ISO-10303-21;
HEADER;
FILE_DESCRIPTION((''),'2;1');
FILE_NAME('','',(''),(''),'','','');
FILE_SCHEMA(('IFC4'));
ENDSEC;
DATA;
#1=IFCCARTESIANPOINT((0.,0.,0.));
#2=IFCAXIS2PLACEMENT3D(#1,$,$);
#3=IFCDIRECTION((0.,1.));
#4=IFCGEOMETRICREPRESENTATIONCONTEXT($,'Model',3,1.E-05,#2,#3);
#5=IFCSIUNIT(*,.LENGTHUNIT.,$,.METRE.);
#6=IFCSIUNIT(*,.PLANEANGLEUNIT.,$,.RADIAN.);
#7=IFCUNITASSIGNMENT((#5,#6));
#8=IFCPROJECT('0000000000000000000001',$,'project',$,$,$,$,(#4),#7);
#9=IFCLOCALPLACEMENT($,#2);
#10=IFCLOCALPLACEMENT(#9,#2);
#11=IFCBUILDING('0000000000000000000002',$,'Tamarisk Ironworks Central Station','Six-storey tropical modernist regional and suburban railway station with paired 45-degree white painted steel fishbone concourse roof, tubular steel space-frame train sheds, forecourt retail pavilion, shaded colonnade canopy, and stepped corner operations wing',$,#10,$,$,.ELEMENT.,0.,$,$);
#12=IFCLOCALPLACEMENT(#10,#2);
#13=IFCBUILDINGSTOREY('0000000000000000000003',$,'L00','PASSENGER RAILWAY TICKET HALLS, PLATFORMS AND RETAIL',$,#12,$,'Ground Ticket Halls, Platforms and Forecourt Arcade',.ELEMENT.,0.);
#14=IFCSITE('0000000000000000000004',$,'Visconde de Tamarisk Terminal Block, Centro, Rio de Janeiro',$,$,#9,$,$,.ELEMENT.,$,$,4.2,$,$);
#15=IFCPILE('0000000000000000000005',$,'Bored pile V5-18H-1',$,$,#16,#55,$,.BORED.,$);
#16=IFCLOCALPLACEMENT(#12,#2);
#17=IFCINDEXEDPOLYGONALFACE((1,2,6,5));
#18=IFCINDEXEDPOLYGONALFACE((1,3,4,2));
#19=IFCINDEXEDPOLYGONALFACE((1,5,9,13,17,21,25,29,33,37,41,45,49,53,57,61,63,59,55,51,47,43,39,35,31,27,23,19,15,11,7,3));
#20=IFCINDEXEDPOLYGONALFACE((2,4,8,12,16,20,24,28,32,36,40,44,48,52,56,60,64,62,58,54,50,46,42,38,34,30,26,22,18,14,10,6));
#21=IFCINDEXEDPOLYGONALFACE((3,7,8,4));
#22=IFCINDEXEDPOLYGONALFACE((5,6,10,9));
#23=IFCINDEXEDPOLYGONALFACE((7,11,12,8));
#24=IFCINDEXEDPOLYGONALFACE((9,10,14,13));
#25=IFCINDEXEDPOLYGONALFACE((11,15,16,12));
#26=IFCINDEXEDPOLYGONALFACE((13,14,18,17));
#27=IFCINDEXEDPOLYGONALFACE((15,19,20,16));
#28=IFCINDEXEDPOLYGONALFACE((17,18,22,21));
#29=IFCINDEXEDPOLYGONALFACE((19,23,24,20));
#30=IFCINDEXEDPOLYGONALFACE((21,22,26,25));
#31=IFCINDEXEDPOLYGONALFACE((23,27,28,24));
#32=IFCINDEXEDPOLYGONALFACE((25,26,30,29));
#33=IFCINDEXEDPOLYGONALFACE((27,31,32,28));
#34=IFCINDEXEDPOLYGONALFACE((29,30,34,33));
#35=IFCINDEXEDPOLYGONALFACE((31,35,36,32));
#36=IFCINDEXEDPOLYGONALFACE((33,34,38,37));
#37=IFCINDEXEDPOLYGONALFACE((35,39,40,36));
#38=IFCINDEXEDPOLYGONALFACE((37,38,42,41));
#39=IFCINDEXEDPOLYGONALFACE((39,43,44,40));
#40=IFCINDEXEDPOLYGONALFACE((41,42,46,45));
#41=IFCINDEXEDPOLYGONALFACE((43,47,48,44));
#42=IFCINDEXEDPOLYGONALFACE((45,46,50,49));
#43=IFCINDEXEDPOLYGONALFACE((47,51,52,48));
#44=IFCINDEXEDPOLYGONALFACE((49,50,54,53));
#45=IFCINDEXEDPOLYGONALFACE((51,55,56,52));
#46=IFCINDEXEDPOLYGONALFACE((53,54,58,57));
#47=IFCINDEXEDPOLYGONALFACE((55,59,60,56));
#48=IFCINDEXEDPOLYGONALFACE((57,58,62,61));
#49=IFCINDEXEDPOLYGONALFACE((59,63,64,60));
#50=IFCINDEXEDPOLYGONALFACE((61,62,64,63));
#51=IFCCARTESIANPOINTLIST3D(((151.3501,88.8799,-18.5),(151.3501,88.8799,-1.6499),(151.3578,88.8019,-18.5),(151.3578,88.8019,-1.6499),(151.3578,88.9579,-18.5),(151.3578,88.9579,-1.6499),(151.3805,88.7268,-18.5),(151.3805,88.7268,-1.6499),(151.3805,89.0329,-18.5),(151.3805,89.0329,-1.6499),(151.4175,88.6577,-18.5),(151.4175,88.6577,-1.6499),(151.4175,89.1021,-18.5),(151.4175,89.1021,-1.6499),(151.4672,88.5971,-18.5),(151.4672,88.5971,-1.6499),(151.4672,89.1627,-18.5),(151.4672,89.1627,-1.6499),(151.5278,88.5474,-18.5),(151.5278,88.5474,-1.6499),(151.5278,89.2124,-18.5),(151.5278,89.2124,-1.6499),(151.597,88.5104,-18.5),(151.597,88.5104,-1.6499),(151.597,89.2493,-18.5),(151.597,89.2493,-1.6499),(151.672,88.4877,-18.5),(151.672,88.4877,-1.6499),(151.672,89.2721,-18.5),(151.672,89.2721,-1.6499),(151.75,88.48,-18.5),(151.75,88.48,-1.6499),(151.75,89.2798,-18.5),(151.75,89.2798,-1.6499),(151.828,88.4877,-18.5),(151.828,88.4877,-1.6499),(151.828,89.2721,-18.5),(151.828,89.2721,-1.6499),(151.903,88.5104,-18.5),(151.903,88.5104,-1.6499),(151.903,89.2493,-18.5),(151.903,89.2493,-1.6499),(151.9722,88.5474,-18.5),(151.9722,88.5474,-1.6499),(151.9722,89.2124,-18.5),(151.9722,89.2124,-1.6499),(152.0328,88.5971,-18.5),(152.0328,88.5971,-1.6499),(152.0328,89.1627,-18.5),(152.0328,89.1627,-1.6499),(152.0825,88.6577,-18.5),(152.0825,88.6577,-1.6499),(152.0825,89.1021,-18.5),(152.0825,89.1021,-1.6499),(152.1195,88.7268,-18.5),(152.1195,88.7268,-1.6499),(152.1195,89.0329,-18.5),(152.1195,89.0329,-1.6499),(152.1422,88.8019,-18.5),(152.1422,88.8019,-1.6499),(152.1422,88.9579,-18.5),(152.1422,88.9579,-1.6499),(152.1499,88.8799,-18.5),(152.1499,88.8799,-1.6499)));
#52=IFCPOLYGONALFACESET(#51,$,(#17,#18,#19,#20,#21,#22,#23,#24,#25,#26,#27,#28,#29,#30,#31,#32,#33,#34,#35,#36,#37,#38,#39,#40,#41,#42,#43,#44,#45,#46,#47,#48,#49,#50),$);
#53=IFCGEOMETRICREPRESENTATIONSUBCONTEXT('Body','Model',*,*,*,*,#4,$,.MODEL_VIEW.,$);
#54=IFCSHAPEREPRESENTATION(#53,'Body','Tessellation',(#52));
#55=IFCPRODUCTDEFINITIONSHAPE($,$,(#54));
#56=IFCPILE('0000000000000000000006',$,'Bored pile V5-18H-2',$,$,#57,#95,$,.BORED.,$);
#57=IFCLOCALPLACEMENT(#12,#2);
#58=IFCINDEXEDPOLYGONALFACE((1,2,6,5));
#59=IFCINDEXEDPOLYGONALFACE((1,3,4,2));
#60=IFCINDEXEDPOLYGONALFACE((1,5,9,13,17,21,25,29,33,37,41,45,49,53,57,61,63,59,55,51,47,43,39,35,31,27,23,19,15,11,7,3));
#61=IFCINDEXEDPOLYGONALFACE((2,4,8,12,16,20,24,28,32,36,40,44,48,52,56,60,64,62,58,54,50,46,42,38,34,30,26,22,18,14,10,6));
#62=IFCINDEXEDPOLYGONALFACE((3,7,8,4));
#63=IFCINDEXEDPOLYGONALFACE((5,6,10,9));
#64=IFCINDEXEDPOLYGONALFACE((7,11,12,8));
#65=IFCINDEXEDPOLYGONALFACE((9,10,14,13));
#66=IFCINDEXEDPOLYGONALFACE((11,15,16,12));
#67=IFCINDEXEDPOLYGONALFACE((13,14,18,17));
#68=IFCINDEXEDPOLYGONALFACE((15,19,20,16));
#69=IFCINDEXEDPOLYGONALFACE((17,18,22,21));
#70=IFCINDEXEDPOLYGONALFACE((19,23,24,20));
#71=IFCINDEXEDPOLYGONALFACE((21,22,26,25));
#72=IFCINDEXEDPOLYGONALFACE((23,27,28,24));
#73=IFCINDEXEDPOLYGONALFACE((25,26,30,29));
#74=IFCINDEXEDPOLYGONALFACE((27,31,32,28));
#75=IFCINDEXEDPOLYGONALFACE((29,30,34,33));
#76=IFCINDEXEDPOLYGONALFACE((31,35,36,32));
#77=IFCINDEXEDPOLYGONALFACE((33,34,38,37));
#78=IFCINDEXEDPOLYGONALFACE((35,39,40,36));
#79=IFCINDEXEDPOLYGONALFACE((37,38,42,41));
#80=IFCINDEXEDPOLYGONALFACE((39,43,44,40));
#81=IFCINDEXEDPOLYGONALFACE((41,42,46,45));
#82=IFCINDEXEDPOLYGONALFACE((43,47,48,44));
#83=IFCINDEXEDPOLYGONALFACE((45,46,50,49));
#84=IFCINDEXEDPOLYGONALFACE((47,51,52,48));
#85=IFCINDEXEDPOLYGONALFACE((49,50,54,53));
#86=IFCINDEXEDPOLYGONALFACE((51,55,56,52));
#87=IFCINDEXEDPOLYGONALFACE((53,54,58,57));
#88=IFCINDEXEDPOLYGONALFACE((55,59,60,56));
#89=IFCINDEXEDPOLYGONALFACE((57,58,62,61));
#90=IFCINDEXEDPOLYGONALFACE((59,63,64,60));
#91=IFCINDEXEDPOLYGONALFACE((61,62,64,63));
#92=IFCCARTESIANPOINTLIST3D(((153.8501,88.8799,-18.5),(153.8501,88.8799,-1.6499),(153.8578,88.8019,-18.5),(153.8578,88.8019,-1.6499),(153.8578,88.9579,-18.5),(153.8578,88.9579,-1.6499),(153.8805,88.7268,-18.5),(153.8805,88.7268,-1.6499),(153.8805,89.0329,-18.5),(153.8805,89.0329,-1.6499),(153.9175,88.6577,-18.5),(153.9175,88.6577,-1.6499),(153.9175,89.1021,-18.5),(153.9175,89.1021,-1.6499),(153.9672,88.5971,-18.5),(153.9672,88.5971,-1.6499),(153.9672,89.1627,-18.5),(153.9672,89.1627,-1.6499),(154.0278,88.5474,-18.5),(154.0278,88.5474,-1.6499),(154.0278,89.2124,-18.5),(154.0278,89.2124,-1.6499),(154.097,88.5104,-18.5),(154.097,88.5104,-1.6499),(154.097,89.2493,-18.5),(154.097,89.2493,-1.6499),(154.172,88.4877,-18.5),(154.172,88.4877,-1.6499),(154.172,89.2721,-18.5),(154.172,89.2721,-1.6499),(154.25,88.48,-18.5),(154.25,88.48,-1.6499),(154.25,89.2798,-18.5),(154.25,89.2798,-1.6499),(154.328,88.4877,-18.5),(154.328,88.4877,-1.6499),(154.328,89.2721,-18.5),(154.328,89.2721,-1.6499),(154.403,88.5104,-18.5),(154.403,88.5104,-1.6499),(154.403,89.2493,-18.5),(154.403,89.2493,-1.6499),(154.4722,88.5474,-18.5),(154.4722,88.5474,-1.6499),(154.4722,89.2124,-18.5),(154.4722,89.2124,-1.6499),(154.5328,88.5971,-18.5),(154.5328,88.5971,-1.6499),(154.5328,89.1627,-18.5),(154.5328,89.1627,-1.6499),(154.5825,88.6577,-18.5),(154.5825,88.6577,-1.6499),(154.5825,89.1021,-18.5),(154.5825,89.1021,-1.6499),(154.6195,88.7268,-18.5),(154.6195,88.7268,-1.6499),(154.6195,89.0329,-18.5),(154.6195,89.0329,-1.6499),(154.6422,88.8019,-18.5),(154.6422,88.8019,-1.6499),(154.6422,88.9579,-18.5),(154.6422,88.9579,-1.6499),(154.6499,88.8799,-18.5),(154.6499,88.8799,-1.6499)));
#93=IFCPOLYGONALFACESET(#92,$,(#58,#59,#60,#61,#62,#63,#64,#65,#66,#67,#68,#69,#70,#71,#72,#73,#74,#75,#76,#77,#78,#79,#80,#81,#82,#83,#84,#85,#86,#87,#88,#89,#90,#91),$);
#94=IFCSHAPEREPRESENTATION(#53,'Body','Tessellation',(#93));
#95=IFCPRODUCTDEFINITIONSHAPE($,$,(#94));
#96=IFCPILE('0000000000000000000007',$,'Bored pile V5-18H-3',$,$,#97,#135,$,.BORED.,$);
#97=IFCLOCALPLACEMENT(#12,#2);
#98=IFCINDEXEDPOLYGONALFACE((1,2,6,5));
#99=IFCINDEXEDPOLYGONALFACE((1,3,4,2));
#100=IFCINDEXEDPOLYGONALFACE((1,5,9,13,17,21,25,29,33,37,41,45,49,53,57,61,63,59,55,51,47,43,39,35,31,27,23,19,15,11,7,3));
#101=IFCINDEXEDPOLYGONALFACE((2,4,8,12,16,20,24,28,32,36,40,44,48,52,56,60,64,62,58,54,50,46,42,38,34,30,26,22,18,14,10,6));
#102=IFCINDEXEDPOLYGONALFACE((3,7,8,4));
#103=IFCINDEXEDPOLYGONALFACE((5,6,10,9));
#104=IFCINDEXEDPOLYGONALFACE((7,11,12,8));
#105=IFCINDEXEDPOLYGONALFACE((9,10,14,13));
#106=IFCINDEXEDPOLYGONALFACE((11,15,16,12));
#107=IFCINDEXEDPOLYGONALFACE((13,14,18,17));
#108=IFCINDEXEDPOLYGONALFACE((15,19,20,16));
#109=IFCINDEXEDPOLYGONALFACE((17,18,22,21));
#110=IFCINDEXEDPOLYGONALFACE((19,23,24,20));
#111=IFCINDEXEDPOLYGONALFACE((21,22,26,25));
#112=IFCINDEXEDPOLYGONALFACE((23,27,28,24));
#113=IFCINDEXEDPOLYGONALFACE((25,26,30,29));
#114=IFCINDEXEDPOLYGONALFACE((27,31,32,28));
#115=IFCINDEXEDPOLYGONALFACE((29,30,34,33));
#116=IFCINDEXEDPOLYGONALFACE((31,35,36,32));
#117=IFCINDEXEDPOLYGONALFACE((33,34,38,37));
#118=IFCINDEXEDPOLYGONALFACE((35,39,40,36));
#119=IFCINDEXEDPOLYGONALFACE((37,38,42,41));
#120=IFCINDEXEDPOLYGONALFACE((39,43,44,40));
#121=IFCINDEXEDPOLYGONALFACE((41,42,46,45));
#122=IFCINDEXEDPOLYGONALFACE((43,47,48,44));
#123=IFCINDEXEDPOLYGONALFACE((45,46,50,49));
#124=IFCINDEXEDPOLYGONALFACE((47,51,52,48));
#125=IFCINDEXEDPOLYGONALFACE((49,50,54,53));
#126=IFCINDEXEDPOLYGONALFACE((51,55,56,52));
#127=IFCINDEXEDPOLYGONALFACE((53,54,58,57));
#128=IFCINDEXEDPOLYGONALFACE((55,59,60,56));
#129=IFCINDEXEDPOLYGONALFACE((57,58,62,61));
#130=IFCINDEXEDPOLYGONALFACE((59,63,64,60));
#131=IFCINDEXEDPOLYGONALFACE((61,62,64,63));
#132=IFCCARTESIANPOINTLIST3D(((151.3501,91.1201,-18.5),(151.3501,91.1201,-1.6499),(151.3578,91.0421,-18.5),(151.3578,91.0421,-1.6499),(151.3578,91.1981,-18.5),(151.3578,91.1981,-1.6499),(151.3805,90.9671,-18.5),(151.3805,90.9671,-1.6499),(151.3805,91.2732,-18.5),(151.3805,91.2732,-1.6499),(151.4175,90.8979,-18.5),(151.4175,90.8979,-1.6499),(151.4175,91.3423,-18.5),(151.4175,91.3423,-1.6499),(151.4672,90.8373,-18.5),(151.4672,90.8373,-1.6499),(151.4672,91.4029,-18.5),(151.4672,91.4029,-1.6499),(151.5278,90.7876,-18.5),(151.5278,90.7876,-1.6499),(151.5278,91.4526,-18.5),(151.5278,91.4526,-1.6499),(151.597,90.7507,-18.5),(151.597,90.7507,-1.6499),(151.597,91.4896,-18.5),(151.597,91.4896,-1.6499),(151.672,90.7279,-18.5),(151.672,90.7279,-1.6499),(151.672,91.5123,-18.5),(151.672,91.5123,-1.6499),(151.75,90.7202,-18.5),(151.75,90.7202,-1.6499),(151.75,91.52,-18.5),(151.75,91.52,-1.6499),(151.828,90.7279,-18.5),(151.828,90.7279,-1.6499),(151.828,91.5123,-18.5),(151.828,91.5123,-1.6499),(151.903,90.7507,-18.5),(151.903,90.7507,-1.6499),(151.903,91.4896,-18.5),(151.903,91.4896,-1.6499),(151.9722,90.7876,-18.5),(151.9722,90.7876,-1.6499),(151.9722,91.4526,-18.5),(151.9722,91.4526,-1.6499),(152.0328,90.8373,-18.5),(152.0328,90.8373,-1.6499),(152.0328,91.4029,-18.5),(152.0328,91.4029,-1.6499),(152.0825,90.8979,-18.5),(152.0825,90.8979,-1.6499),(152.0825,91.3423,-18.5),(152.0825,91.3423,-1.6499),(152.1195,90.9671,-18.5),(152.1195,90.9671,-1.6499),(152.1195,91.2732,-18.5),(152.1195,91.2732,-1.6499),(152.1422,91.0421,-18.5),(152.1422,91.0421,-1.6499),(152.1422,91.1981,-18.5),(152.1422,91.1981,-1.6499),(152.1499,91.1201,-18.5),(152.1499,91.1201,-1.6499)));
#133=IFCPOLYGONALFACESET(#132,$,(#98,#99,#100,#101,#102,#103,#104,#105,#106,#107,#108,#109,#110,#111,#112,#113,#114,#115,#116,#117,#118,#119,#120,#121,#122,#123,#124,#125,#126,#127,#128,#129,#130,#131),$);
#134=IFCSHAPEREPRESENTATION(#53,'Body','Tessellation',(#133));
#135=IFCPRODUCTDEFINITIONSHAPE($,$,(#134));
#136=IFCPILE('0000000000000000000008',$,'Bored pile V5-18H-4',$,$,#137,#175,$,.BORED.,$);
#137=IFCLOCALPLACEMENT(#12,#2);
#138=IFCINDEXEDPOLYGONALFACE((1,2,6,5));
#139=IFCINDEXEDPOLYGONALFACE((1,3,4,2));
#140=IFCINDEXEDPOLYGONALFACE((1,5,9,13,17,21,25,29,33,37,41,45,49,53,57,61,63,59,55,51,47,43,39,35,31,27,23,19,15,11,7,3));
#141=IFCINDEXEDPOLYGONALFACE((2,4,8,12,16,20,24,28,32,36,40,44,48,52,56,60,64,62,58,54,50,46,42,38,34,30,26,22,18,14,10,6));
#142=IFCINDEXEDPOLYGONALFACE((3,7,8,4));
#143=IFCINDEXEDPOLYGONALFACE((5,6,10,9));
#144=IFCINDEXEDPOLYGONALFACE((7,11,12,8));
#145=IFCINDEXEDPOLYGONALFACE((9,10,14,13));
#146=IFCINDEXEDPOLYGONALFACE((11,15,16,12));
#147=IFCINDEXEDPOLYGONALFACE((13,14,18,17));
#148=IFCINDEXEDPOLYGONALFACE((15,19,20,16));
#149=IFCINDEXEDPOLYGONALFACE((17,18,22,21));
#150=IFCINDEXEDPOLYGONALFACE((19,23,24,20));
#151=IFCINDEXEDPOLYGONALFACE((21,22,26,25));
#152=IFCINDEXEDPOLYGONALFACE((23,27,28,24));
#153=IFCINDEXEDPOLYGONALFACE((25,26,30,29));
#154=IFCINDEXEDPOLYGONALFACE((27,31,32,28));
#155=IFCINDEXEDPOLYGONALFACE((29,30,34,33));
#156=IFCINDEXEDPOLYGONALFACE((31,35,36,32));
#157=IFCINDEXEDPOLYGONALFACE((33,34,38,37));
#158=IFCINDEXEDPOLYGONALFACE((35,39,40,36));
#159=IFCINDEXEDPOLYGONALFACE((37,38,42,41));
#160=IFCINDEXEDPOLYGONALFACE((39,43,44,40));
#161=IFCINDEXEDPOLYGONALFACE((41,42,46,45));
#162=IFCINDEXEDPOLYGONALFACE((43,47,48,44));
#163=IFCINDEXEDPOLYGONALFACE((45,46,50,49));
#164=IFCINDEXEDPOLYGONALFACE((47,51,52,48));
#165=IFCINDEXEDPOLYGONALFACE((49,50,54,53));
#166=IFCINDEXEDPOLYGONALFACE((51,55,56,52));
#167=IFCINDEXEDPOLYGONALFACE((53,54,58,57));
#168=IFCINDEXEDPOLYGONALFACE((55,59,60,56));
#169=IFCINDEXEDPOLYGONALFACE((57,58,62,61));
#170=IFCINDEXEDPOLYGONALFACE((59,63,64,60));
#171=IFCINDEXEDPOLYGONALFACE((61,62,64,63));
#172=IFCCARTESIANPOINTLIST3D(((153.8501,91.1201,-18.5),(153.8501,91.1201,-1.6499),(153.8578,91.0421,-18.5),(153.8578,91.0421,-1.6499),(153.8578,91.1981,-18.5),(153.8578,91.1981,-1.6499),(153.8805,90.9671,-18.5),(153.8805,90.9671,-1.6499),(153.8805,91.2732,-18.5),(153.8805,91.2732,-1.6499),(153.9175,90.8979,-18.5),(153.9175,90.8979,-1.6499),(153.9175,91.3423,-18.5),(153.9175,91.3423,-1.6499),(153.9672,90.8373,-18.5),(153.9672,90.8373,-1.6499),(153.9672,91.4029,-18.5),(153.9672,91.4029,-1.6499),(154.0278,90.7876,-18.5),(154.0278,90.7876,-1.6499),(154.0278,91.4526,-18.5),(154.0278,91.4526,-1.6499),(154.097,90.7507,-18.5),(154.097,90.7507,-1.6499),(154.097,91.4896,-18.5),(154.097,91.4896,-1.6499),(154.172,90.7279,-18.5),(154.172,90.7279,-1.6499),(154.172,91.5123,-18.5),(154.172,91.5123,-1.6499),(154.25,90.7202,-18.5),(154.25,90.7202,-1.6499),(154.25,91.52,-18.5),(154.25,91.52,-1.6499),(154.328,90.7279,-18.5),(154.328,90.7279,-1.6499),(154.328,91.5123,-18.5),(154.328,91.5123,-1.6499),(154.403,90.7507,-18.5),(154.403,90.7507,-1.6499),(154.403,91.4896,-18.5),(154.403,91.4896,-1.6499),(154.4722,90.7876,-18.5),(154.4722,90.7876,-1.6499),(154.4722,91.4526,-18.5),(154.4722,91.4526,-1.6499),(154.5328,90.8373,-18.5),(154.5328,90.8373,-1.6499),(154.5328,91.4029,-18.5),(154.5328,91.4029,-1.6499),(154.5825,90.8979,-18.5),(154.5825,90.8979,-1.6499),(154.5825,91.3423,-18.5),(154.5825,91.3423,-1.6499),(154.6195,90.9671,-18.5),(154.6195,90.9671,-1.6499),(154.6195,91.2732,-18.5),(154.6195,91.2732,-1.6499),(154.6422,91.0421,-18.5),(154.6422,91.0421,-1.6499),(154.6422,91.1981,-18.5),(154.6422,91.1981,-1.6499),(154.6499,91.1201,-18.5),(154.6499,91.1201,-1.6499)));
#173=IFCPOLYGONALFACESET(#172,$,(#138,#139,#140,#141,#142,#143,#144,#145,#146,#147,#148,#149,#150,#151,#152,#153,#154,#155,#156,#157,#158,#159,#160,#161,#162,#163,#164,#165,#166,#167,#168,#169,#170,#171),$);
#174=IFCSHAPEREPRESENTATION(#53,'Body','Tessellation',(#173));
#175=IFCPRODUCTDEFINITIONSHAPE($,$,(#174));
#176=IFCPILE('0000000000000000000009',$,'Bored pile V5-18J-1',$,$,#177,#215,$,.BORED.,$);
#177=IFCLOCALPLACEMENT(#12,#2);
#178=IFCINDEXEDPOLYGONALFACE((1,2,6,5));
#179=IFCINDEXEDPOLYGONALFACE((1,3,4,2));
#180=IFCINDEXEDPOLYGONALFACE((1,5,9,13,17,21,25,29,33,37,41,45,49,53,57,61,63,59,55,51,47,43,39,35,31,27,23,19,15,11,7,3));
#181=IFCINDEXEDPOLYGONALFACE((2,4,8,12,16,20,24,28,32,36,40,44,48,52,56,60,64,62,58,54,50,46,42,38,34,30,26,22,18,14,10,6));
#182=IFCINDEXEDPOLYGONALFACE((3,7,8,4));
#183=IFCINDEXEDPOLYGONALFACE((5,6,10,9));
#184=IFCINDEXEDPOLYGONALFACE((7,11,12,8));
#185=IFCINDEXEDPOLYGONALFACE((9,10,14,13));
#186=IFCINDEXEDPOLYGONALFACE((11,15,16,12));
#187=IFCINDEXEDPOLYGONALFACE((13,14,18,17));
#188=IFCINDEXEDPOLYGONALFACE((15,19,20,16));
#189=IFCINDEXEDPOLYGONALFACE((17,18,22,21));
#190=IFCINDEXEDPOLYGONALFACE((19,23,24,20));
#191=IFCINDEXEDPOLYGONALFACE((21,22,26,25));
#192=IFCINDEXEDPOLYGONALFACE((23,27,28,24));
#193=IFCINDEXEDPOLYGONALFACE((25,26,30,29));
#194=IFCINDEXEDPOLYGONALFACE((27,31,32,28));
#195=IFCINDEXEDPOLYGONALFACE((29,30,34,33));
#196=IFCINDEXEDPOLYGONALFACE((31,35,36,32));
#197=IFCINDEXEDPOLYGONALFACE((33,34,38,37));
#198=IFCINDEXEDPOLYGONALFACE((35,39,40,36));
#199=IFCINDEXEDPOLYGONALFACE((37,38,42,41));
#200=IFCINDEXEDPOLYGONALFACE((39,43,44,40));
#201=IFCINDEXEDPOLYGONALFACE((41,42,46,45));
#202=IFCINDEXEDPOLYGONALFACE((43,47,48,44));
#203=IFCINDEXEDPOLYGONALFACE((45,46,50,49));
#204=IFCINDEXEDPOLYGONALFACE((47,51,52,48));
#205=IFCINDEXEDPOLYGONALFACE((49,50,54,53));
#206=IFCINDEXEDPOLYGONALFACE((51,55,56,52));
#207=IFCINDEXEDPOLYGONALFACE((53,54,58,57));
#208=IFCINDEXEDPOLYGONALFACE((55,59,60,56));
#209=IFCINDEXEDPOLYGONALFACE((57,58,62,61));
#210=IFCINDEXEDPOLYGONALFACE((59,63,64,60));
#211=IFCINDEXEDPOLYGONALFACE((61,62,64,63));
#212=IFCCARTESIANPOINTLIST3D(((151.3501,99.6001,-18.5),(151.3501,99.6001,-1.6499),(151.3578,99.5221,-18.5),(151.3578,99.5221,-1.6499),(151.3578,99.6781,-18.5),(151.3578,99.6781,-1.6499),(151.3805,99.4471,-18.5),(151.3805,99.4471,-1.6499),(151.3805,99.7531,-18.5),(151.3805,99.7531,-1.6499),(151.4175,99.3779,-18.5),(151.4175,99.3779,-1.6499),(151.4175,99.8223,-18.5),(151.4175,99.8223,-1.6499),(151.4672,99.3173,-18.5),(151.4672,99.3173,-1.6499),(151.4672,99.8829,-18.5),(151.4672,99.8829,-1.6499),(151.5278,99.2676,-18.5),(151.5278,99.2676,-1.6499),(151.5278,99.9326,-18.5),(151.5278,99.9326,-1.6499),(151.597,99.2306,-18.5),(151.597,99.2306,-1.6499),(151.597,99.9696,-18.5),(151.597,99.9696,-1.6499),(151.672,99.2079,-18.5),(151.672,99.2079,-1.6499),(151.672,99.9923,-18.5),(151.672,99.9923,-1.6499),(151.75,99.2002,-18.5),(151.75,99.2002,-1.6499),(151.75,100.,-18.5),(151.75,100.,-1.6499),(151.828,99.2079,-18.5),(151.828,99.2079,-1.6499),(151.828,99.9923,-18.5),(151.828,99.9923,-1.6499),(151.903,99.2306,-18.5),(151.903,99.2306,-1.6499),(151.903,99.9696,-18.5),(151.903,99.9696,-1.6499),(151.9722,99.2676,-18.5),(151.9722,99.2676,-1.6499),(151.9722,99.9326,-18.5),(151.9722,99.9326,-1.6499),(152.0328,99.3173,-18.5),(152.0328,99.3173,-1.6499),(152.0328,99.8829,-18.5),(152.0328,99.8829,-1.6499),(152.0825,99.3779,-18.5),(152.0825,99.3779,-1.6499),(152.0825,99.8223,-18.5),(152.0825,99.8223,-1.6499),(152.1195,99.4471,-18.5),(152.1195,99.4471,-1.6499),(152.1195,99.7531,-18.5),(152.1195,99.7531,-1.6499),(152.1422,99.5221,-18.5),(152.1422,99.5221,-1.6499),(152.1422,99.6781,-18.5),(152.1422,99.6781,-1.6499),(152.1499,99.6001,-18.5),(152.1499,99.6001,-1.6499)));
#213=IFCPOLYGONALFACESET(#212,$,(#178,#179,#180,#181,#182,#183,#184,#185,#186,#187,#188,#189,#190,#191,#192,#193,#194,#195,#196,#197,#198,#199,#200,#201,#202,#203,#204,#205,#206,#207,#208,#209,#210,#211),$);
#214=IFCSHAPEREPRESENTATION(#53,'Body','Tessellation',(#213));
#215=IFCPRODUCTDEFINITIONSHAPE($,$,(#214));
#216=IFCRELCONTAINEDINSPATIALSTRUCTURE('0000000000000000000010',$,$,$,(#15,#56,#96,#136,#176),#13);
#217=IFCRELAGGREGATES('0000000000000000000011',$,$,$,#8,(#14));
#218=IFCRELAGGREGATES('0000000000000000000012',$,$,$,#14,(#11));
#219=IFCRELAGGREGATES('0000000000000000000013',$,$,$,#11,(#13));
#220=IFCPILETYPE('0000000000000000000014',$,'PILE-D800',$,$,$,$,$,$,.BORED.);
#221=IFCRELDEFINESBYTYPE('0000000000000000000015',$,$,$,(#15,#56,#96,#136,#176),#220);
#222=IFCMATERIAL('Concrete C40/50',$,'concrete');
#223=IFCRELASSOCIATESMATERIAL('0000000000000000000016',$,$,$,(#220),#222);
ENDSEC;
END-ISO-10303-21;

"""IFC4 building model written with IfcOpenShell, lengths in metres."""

from ifc_helpers import new_model, si_unit, direction, frame, origin, origin_2d, place, context, subcontext, project, spatial, circle, extrude, material, material_profile, profile_set, type_object, element, save


model = new_model("IFC4")

# Units and contexts
model_context = context("Model", 3, precision=1e-05, world=origin(), true_north=direction((0.0, 1.0)))
body_context = subcontext(model_context, "Body", "Model", "MODEL_VIEW")
ifc_project = project(units=[si_unit("LENGTHUNIT", "METRE"), si_unit("PLANEANGLEUNIT", "RADIAN")], contexts=[model_context])

# Site, building, storey
site_placement = place(None, origin())
site = spatial("IfcSite", under=ifc_project, at=site_placement, Name="Visconde de Tamarisk Terminal Block, Centro, Rio de Janeiro", CompositionType="ELEMENT", RefElevation=4.2)
building_placement = place(site_placement, origin())
building = spatial("IfcBuilding", under=site, at=building_placement, Name="Tamarisk Ironworks Central Station", Description="Six-storey tropical modernist regional and suburban railway station with paired 45-degree white painted steel fishbone concourse roof, tubular steel space-frame train sheds, forecourt retail pavilion, shaded colonnade canopy, and stepped corner operations wing", CompositionType="ELEMENT", ElevationOfRefHeight=0.0)
storey_placement = place(building_placement, origin())
storey = spatial("IfcBuildingStorey", under=building, at=storey_placement, Name="L00", Description="PASSENGER RAILWAY TICKET HALLS, PLATFORMS AND RETAIL", LongName="Ground Ticket Halls, Platforms and Forecourt Arcade", CompositionType="ELEMENT", Elevation=0.0)

# Shared definitions
ifc_material_1 = material(Name="Concrete C40/50", Category="concrete")

# Piles
ifc_material_profile_1 = material_profile(ifc_material_1, circle(Radius=0.3999, at=origin_2d()), Name="BORED PILE D800")
ifc_profile_set_1 = profile_set([ifc_material_profile_1], Name="Concrete C40/50")
pile_type = type_object("IfcPileType", Name="PILE-D800", PredefinedType="BORED", material=ifc_profile_set_1)
for number, where, z_axis, x_axis, name in (
    (1, (151.75, 88.8799, -1.6499), (0.0, 0.0, -1.0), (1.0, 0.0, 0.0), "Bored pile V5-18H-1"),
    (2, (154.25, 88.8799, -1.6499), (0.0, 0.0, -1.0), (1.0, 0.0, 0.0), "Bored pile V5-18H-2"),
    (3, (151.75, 91.1201, -1.6499), (0.0, 0.0, -1.0), (1.0, 0.0, 0.0), "Bored pile V5-18H-3"),
    (4, (154.25, 91.1201, -1.6499), (0.0, 0.0, -1.0), (1.0, 0.0, 0.0), "Bored pile V5-18H-4"),
    (5, (151.75, 99.6001, -1.6499), (0.0, 0.0, -1.0), (1.0, 0.0, 0.0), "Bored pile V5-18J-1"),
):
    element("IfcPile", number, at=place(storey_placement, frame(where, z_axis=z_axis, x_axis=x_axis)), inside=storey, type_object=pile_type, Name=name, PredefinedType="BORED", context=body_context, shape_type="SweptSolid", body=[
        extrude(circle(Radius=0.3999, at=origin_2d()), origin(), (0.0, 0.0, 1.0), 16.8501),
    ])

save(model, "model.ifc")
